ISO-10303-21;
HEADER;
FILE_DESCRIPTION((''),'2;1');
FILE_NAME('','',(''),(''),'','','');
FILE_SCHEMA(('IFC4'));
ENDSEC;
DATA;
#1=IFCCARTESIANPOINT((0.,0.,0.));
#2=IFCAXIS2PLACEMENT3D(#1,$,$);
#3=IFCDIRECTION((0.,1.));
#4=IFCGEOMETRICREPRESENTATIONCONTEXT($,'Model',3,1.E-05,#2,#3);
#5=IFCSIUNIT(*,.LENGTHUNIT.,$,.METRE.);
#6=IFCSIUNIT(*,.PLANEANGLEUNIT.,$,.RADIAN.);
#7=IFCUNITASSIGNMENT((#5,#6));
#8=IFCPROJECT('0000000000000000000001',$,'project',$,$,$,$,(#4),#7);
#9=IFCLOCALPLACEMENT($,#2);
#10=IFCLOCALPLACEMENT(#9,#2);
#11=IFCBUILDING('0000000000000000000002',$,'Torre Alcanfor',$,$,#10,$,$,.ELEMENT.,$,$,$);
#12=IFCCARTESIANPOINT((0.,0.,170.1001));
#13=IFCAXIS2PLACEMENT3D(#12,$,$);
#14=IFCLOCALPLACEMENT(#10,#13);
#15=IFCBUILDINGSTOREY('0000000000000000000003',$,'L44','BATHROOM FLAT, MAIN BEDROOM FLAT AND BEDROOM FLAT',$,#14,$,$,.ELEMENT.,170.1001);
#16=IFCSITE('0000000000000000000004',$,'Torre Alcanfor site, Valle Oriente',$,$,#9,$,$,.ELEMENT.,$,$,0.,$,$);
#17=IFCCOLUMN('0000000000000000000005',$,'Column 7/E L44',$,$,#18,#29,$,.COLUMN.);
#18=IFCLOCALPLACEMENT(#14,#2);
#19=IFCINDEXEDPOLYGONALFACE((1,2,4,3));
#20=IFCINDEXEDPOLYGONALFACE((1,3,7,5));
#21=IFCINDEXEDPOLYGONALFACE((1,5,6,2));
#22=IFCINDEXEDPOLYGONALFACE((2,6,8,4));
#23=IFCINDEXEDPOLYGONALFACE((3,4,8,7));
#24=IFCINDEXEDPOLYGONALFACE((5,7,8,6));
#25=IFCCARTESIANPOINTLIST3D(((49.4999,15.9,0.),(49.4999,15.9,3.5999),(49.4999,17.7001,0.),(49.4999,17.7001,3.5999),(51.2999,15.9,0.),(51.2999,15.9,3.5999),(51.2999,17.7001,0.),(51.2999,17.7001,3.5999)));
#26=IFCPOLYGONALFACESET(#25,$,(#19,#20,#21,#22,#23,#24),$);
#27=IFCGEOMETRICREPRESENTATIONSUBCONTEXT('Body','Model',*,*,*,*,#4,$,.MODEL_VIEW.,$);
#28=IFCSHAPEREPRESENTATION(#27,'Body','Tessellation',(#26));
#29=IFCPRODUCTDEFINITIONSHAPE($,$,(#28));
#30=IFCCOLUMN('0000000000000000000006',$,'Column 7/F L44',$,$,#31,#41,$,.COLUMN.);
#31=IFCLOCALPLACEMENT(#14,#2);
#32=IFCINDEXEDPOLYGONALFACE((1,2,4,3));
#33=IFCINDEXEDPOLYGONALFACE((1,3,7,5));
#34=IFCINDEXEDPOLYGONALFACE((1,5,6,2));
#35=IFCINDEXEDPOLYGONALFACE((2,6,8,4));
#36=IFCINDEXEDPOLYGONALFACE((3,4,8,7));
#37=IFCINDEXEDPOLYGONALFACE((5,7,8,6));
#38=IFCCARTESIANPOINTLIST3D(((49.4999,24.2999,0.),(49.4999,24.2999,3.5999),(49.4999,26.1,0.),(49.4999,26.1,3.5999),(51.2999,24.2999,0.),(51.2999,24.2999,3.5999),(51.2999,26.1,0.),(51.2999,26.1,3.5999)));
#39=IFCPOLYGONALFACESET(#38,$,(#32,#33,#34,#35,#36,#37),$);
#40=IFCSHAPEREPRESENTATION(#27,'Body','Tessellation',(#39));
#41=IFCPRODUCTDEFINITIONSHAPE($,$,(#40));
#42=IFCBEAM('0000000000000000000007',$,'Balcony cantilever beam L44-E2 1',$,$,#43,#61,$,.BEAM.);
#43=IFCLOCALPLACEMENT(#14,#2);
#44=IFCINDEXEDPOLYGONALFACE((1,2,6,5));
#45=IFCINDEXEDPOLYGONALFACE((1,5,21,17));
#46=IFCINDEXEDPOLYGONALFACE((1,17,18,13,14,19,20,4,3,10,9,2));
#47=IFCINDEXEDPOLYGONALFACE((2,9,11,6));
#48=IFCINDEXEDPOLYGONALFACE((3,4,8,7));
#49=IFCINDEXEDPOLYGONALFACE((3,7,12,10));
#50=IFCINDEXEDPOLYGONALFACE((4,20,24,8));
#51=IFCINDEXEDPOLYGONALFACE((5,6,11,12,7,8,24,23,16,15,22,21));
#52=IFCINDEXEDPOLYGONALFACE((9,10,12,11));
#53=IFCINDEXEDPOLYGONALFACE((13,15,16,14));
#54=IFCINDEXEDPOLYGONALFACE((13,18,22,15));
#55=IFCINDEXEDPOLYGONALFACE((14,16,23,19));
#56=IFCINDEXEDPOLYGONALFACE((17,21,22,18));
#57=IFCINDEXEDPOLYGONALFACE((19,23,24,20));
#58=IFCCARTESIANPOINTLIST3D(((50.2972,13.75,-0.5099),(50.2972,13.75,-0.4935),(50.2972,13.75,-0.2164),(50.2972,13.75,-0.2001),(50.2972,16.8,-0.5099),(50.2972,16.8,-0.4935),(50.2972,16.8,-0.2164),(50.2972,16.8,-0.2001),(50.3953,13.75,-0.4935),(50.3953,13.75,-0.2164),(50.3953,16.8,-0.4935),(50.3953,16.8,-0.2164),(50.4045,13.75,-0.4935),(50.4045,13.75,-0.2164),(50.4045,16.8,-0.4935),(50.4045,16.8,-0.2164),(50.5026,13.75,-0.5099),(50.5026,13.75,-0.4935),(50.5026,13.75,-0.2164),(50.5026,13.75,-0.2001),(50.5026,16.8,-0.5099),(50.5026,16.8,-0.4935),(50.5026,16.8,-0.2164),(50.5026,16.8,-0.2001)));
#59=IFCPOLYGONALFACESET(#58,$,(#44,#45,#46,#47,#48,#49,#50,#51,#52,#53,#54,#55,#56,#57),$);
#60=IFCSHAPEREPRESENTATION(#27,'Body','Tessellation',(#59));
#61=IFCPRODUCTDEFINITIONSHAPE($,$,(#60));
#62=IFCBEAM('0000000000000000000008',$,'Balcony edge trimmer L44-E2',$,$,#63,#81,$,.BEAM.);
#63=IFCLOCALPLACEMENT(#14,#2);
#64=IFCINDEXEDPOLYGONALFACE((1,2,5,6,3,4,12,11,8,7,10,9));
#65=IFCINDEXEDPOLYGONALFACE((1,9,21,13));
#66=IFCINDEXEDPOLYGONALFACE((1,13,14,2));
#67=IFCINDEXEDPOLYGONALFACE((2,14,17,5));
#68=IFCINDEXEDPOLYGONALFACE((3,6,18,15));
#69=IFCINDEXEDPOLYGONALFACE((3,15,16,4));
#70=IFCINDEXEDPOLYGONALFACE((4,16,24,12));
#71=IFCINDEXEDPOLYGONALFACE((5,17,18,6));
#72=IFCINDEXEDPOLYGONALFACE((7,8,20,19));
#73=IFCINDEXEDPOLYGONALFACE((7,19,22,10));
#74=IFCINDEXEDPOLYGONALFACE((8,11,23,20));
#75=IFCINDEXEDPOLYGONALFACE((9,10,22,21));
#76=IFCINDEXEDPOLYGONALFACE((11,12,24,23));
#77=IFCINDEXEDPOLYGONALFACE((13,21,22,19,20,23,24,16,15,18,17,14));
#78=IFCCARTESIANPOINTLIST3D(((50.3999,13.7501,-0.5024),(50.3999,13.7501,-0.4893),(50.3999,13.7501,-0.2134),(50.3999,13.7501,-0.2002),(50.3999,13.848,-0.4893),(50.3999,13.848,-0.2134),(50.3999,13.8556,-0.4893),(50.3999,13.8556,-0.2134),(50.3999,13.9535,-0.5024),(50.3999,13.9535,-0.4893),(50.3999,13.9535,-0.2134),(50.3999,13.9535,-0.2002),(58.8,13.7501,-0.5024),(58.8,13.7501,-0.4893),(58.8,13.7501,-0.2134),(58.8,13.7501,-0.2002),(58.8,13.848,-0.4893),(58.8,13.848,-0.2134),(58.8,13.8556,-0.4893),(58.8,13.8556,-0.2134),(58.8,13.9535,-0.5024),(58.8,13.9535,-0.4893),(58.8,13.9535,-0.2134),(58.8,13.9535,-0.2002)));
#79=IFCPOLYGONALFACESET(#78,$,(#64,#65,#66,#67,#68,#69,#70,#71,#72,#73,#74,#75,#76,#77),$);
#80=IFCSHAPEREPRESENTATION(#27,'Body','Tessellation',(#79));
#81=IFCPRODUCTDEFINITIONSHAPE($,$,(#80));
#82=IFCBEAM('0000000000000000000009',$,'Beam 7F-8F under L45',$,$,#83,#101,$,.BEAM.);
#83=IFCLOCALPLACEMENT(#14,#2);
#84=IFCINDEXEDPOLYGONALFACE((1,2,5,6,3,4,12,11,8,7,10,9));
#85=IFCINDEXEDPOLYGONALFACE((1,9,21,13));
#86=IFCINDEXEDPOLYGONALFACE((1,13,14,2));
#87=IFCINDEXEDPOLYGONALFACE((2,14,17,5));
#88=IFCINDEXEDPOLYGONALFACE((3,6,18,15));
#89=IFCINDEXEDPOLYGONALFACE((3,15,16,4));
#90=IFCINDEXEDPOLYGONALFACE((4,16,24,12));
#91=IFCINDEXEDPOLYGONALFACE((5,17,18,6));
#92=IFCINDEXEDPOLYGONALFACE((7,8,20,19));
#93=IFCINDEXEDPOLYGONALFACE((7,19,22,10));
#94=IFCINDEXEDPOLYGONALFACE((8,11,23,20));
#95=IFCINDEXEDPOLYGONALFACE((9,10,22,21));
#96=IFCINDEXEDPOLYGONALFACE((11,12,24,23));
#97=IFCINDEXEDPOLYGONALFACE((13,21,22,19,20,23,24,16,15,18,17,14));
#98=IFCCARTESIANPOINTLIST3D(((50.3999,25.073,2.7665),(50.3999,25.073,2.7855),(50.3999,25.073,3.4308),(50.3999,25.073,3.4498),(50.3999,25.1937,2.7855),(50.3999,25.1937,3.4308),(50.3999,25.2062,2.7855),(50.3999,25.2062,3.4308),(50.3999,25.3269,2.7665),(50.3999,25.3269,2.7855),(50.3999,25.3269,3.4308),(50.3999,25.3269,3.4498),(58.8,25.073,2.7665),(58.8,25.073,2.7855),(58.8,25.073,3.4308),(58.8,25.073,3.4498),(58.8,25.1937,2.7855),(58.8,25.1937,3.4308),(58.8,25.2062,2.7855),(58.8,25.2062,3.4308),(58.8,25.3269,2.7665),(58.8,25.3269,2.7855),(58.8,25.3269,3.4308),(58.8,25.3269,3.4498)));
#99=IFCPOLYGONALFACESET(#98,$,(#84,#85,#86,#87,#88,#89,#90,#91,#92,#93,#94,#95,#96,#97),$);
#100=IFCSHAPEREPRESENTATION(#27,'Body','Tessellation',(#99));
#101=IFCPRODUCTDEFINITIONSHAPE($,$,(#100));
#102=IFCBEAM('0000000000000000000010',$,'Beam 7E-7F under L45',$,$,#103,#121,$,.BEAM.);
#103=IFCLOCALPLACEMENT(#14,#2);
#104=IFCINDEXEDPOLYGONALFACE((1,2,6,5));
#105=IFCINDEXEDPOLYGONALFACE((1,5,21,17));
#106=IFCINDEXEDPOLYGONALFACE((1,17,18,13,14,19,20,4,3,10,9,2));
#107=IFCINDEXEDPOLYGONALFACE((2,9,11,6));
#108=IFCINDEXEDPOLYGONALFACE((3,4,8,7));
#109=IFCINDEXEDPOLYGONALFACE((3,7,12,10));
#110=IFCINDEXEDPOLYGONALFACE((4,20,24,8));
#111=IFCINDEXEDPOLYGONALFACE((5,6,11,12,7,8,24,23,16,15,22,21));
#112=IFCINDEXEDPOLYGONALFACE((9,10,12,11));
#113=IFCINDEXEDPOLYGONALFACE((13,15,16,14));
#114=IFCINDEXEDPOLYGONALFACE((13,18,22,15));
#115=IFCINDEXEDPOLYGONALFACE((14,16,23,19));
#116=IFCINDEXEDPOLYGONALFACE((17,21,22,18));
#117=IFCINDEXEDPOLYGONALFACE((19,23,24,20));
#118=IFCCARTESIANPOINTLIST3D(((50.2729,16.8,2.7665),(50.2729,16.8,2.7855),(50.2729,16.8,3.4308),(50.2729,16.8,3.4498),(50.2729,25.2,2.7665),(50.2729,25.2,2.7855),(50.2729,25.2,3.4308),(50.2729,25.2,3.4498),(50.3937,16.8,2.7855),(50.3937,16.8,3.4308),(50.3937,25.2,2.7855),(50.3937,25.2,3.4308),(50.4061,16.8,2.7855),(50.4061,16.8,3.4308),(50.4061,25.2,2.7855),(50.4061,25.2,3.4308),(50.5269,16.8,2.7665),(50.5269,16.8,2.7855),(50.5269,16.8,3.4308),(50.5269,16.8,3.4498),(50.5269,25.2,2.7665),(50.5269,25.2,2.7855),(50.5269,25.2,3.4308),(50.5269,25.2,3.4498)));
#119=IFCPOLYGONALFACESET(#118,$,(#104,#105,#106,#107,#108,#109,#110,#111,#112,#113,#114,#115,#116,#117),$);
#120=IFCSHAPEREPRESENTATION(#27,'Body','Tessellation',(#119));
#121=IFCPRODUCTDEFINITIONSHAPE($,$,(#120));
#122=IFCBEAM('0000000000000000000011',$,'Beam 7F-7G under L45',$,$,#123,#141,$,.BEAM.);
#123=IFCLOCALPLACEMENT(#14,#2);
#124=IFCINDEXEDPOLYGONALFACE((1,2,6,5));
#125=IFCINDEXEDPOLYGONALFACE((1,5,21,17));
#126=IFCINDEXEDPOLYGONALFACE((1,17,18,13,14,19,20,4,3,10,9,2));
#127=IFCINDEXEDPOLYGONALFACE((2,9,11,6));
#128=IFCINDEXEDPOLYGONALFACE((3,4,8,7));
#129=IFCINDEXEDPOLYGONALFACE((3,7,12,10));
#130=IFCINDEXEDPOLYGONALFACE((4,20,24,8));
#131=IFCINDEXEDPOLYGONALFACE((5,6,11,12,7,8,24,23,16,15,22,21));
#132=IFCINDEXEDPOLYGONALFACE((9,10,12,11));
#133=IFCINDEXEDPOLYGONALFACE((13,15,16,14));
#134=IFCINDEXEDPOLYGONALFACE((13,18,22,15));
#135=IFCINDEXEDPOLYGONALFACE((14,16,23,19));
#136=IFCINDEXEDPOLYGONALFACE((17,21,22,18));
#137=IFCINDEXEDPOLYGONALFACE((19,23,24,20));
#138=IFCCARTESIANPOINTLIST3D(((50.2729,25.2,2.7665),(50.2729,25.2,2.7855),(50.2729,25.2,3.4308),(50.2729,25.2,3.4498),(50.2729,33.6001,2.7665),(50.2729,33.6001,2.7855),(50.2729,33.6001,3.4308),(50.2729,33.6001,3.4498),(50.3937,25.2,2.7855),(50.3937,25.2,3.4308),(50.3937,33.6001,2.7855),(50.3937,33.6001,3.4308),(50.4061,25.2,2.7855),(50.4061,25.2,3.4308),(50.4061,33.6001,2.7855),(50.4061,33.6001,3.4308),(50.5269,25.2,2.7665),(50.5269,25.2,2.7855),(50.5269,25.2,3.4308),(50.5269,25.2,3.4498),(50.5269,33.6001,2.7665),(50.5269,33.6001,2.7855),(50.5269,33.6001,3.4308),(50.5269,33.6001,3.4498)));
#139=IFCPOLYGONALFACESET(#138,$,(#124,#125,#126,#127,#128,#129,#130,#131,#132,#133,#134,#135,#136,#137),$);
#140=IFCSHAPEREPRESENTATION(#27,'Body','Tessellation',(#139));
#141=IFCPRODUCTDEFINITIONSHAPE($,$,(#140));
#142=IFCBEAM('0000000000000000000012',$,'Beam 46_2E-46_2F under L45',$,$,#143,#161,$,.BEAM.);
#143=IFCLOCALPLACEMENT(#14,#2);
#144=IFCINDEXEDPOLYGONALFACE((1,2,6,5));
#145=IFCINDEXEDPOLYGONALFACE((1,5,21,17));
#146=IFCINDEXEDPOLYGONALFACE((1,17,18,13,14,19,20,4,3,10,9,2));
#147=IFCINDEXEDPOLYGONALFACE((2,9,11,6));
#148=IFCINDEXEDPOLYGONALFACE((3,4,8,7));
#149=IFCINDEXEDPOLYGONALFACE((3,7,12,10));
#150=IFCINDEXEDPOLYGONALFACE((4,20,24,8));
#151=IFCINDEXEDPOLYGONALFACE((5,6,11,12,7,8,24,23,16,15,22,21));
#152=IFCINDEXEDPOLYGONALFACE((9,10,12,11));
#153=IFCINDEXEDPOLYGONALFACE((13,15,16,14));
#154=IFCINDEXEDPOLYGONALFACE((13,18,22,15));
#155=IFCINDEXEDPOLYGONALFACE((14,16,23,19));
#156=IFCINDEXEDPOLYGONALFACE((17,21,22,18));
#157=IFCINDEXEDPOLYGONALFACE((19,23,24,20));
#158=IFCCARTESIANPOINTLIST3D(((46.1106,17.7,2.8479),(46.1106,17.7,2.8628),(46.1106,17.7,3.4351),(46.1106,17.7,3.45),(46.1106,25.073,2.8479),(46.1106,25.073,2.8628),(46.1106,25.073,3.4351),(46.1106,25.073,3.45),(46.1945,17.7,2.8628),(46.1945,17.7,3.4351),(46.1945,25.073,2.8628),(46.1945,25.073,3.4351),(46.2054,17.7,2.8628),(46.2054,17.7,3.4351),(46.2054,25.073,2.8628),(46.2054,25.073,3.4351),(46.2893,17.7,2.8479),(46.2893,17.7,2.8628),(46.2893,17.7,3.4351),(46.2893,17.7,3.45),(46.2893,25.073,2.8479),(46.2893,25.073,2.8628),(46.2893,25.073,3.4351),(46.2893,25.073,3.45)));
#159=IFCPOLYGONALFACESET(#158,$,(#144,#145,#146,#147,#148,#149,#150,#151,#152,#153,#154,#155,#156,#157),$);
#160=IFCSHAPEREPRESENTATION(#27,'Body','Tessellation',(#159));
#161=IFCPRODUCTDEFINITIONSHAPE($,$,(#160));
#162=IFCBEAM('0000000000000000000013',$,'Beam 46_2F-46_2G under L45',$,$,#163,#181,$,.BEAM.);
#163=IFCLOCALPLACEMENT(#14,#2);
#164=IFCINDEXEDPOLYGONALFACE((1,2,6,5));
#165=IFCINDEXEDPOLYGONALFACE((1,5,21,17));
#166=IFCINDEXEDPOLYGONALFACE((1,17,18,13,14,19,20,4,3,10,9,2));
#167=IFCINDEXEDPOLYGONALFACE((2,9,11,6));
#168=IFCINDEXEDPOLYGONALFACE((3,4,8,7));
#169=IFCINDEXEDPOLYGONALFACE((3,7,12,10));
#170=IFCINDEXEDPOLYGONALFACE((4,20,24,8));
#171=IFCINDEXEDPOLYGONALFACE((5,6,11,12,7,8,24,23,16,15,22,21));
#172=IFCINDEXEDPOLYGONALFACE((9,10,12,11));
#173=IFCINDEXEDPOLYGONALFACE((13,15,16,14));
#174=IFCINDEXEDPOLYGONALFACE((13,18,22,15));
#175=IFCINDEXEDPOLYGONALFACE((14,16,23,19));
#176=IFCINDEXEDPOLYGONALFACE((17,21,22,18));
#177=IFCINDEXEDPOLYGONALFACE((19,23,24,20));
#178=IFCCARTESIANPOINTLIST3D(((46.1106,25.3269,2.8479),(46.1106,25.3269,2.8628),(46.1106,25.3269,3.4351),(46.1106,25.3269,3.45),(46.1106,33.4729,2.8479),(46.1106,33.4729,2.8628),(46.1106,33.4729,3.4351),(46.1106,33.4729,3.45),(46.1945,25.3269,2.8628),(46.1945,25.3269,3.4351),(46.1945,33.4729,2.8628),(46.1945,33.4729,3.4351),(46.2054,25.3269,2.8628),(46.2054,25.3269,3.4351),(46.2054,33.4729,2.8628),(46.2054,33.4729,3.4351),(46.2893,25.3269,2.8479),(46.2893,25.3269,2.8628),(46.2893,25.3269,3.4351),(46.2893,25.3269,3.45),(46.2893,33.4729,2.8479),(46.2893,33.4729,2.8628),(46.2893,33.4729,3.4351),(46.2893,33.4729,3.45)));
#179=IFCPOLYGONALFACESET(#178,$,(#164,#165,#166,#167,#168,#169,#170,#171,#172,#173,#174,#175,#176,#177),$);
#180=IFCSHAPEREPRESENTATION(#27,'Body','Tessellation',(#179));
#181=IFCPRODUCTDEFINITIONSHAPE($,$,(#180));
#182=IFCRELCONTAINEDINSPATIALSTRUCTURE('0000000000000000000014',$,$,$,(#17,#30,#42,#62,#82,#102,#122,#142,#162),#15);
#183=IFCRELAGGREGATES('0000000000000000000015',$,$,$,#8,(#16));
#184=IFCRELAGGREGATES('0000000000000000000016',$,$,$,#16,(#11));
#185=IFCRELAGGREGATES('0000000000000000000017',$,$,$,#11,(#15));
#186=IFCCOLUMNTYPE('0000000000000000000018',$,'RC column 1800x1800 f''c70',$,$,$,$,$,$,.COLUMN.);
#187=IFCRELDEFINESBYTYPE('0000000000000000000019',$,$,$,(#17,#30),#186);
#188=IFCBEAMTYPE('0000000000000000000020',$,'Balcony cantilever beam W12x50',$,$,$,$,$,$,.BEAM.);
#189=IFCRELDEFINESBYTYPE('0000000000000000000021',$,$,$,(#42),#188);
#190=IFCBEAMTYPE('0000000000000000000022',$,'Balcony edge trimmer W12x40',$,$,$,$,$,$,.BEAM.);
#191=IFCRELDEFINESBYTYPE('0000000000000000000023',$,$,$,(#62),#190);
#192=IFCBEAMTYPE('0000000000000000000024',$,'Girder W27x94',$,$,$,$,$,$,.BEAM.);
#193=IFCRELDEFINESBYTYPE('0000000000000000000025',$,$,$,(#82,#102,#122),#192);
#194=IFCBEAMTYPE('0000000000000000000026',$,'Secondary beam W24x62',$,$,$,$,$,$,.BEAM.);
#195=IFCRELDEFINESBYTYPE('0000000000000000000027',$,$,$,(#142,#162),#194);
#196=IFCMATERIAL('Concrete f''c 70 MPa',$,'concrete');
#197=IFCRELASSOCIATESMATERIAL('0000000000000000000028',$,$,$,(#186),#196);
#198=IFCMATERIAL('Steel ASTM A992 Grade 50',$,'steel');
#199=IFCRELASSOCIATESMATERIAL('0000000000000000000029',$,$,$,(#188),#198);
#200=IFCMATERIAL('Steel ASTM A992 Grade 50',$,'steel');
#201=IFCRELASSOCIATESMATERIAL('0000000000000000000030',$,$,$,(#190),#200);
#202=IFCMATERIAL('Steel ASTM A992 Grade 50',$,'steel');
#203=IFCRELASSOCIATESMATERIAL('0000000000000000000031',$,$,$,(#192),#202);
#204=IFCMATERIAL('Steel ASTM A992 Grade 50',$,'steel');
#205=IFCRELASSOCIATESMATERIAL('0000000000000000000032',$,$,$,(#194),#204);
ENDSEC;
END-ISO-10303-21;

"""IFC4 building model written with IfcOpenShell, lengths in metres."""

from ifc_helpers import new_model, si_unit, direction, frame, origin, origin_2d, place, context, subcontext, project, spatial, rectangle, i_section, extrude, material, material_profile, profile_set, type_object, element, save


model = new_model("IFC4")

# Units and contexts
model_context = context("Model", 3, precision=1e-05, world=origin(), true_north=direction((0.0, 1.0)))
body_context = subcontext(model_context, "Body", "Model", "MODEL_VIEW")
ifc_project = project(units=[si_unit("LENGTHUNIT", "METRE"), si_unit("PLANEANGLEUNIT", "RADIAN")], contexts=[model_context])

# Site, building, storey
site_placement = place(None, origin())
site = spatial("IfcSite", under=ifc_project, at=site_placement, Name="Torre Alcanfor site, Valle Oriente", CompositionType="ELEMENT", RefElevation=0.0)
building_placement = place(site_placement, origin())
building = spatial("IfcBuilding", under=site, at=building_placement, Name="Torre Alcanfor", CompositionType="ELEMENT")
storey_placement = place(building_placement, frame((0.0, 0.0, 170.1001)))
storey = spatial("IfcBuildingStorey", under=building, at=storey_placement, Name="L44", Description="BATHROOM FLAT, MAIN BEDROOM FLAT AND BEDROOM FLAT", CompositionType="ELEMENT", Elevation=170.1001)

# Columns
ifc_material_1 = material(Name="Concrete f'c 70 MPa", Category="concrete")
ifc_material_profile_1 = material_profile(ifc_material_1, rectangle(XDim=1.8, YDim=1.8, at=origin_2d()), Name="1800x1800")
ifc_profile_set_1 = profile_set([ifc_material_profile_1], Name="Concrete f'c 70 MPa")
column_type = type_object("IfcColumnType", Name="RC column 1800x1800 f'c70", PredefinedType="COLUMN", material=ifc_profile_set_1)
for number, where, z_axis, x_axis, name in (
    (1, (50.3999, 16.8, 0.0), (0.0, 0.0, 1.0), (1.0, 0.0, 0.0), "Column 7/E L44"),
    (2, (50.3999, 25.2, 0.0), (0.0, 0.0, 1.0), (1.0, 0.0, 0.0), "Column 7/F L44"),
):
    element("IfcColumn", number, at=place(storey_placement, frame(where, z_axis=z_axis, x_axis=x_axis)), inside=storey, type_object=column_type, Name=name, PredefinedType="COLUMN", context=body_context, shape_type="SweptSolid", body=[
        extrude(rectangle(XDim=1.8, YDim=1.8, at=origin_2d()), origin(), (0.0, 0.0, 1.0), 3.5999),
    ])

# Beams
ifc_material_2 = material(Name="Steel ASTM A992 Grade 50", Category="steel")
ifc_material_profile_2 = material_profile(ifc_material_2, i_section(OverallWidth=0.2053, OverallDepth=0.3098, WebThickness=0.0093, FlangeThickness=0.0164, at=origin_2d()), Name="W12x50")
ifc_profile_set_2 = profile_set([ifc_material_profile_2], Name="Steel ASTM A992 Grade 50")
beam_type_1 = type_object("IfcBeamType", Name="Balcony cantilever beam W12x50", PredefinedType="BEAM", material=ifc_profile_set_2)
beam_1_placement = place(storey_placement, frame((50.3999, 16.8, -0.355), z_axis=(0.0, -1.0, 0.0), x_axis=(1.0, 0.0, 0.0)))
element("IfcBeam", 3, at=beam_1_placement, inside=storey, type_object=beam_type_1, Name="Balcony cantilever beam L44-E2 1", PredefinedType="BEAM", context=body_context, shape_type="SweptSolid", body=[
    extrude(i_section(OverallWidth=0.2053, OverallDepth=0.3098, WebThickness=0.0093, FlangeThickness=0.0164, at=origin_2d()), origin(), (0.0, 0.0, 1.0), 3.05),
])
ifc_material_3 = material(Name="Steel ASTM A992 Grade 50", Category="steel")
ifc_material_profile_3 = material_profile(ifc_material_3, i_section(OverallWidth=0.2034, OverallDepth=0.3022, WebThickness=0.0076, FlangeThickness=0.0132, at=origin_2d()), Name="W12x40")
ifc_profile_set_3 = profile_set([ifc_material_profile_3], Name="Steel ASTM A992 Grade 50")
beam_type_2 = type_object("IfcBeamType", Name="Balcony edge trimmer W12x40", PredefinedType="BEAM", material=ifc_profile_set_3)
beam_2_placement = place(storey_placement, frame((50.3999, 13.8518, -0.3513), z_axis=(1.0, 0.0, 0.0), x_axis=(0.0, 1.0, 0.0)))
element("IfcBeam", 4, at=beam_2_placement, inside=storey, type_object=beam_type_2, Name="Balcony edge trimmer L44-E2", PredefinedType="BEAM", context=body_context, shape_type="SweptSolid", body=[
    extrude(i_section(OverallWidth=0.2034, OverallDepth=0.3022, WebThickness=0.0076, FlangeThickness=0.0132, at=origin_2d()), origin(), (0.0, 0.0, 1.0), 8.4001),
])
ifc_material_4 = material(Name="Steel ASTM A992 Grade 50", Category="steel")
ifc_material_profile_4 = material_profile(ifc_material_4, i_section(OverallWidth=0.2539, OverallDepth=0.6833, WebThickness=0.0125, FlangeThickness=0.019, at=origin_2d()), Name="W27x94")
ifc_profile_set_4 = profile_set([ifc_material_profile_4], Name="Steel ASTM A992 Grade 50")
beam_type_3 = type_object("IfcBeamType", Name="Girder W27x94", PredefinedType="BEAM", material=ifc_profile_set_4)
beam_3_placement = place(storey_placement, frame((50.3999, 25.2, 3.1082), z_axis=(1.0, 0.0, 0.0), x_axis=(0.0, 1.0, 0.0)))
element("IfcBeam", 5, at=beam_3_placement, inside=storey, type_object=beam_type_3, Name="Beam 7F-8F under L45", PredefinedType="BEAM", context=body_context, shape_type="SweptSolid", body=[
    extrude(i_section(OverallWidth=0.2539, OverallDepth=0.6833, WebThickness=0.0125, FlangeThickness=0.019, at=origin_2d()), origin(), (0.0, 0.0, 1.0), 8.4001),
])
beam_4_placement = place(storey_placement, frame((50.3999, 16.8, 3.1082), z_axis=(0.0, 1.0, 0.0), x_axis=(-1.0, 0.0, 0.0)))
element("IfcBeam", 6, at=beam_4_placement, inside=storey, type_object=beam_type_3, Name="Beam 7E-7F under L45", PredefinedType="BEAM", context=body_context, shape_type="SweptSolid", body=[
    extrude(i_section(OverallWidth=0.2539, OverallDepth=0.6833, WebThickness=0.0125, FlangeThickness=0.019, at=origin_2d()), origin(), (0.0, 0.0, 1.0), 8.3999),
])
beam_5_placement = place(storey_placement, frame((50.3999, 25.2, 3.1082), z_axis=(0.0, 1.0, 0.0), x_axis=(-1.0, 0.0, 0.0)))
element("IfcBeam", 7, at=beam_5_placement, inside=storey, type_object=beam_type_3, Name="Beam 7F-7G under L45", PredefinedType="BEAM", context=body_context, shape_type="SweptSolid", body=[
    extrude(i_section(OverallWidth=0.2539, OverallDepth=0.6833, WebThickness=0.0125, FlangeThickness=0.019, at=origin_2d()), origin(), (0.0, 0.0, 1.0), 8.4001),
])
ifc_material_5 = material(Name="Steel ASTM A992 Grade 50", Category="steel")
ifc_material_profile_5 = material_profile(ifc_material_5, i_section(OverallWidth=0.1787, OverallDepth=0.6021, WebThickness=0.011, FlangeThickness=0.0149, at=origin_2d()), Name="W24x62")
ifc_profile_set_5 = profile_set([ifc_material_profile_5], Name="Steel ASTM A992 Grade 50")
beam_type_4 = type_object("IfcBeamType", Name="Secondary beam W24x62", PredefinedType="BEAM", material=ifc_profile_set_5)
beam_6_placement = place(storey_placement, frame((46.2, 17.7, 3.1489), z_axis=(0.0, 1.0, 0.0), x_axis=(-1.0, 0.0, 0.0)))
element("IfcBeam", 8, at=beam_6_placement, inside=storey, type_object=beam_type_4, Name="Beam 46_2E-46_2F under L45", PredefinedType="BEAM", context=body_context, shape_type="SweptSolid", body=[
    extrude(i_section(OverallWidth=0.1787, OverallDepth=0.6021, WebThickness=0.011, FlangeThickness=0.0149, at=origin_2d()), origin(), (0.0, 0.0, 1.0), 7.373),
])
beam_7_placement = place(storey_placement, frame((46.2, 25.3269, 3.1489), z_axis=(0.0, 1.0, 0.0), x_axis=(-1.0, 0.0, 0.0)))
element("IfcBeam", 9, at=beam_7_placement, inside=storey, type_object=beam_type_4, Name="Beam 46_2F-46_2G under L45", PredefinedType="BEAM", context=body_context, shape_type="SweptSolid", body=[
    extrude(i_section(OverallWidth=0.1787, OverallDepth=0.6021, WebThickness=0.011, FlangeThickness=0.0149, at=origin_2d()), origin(), (0.0, 0.0, 1.0), 8.146),
])

save(model, "model.ifc")
